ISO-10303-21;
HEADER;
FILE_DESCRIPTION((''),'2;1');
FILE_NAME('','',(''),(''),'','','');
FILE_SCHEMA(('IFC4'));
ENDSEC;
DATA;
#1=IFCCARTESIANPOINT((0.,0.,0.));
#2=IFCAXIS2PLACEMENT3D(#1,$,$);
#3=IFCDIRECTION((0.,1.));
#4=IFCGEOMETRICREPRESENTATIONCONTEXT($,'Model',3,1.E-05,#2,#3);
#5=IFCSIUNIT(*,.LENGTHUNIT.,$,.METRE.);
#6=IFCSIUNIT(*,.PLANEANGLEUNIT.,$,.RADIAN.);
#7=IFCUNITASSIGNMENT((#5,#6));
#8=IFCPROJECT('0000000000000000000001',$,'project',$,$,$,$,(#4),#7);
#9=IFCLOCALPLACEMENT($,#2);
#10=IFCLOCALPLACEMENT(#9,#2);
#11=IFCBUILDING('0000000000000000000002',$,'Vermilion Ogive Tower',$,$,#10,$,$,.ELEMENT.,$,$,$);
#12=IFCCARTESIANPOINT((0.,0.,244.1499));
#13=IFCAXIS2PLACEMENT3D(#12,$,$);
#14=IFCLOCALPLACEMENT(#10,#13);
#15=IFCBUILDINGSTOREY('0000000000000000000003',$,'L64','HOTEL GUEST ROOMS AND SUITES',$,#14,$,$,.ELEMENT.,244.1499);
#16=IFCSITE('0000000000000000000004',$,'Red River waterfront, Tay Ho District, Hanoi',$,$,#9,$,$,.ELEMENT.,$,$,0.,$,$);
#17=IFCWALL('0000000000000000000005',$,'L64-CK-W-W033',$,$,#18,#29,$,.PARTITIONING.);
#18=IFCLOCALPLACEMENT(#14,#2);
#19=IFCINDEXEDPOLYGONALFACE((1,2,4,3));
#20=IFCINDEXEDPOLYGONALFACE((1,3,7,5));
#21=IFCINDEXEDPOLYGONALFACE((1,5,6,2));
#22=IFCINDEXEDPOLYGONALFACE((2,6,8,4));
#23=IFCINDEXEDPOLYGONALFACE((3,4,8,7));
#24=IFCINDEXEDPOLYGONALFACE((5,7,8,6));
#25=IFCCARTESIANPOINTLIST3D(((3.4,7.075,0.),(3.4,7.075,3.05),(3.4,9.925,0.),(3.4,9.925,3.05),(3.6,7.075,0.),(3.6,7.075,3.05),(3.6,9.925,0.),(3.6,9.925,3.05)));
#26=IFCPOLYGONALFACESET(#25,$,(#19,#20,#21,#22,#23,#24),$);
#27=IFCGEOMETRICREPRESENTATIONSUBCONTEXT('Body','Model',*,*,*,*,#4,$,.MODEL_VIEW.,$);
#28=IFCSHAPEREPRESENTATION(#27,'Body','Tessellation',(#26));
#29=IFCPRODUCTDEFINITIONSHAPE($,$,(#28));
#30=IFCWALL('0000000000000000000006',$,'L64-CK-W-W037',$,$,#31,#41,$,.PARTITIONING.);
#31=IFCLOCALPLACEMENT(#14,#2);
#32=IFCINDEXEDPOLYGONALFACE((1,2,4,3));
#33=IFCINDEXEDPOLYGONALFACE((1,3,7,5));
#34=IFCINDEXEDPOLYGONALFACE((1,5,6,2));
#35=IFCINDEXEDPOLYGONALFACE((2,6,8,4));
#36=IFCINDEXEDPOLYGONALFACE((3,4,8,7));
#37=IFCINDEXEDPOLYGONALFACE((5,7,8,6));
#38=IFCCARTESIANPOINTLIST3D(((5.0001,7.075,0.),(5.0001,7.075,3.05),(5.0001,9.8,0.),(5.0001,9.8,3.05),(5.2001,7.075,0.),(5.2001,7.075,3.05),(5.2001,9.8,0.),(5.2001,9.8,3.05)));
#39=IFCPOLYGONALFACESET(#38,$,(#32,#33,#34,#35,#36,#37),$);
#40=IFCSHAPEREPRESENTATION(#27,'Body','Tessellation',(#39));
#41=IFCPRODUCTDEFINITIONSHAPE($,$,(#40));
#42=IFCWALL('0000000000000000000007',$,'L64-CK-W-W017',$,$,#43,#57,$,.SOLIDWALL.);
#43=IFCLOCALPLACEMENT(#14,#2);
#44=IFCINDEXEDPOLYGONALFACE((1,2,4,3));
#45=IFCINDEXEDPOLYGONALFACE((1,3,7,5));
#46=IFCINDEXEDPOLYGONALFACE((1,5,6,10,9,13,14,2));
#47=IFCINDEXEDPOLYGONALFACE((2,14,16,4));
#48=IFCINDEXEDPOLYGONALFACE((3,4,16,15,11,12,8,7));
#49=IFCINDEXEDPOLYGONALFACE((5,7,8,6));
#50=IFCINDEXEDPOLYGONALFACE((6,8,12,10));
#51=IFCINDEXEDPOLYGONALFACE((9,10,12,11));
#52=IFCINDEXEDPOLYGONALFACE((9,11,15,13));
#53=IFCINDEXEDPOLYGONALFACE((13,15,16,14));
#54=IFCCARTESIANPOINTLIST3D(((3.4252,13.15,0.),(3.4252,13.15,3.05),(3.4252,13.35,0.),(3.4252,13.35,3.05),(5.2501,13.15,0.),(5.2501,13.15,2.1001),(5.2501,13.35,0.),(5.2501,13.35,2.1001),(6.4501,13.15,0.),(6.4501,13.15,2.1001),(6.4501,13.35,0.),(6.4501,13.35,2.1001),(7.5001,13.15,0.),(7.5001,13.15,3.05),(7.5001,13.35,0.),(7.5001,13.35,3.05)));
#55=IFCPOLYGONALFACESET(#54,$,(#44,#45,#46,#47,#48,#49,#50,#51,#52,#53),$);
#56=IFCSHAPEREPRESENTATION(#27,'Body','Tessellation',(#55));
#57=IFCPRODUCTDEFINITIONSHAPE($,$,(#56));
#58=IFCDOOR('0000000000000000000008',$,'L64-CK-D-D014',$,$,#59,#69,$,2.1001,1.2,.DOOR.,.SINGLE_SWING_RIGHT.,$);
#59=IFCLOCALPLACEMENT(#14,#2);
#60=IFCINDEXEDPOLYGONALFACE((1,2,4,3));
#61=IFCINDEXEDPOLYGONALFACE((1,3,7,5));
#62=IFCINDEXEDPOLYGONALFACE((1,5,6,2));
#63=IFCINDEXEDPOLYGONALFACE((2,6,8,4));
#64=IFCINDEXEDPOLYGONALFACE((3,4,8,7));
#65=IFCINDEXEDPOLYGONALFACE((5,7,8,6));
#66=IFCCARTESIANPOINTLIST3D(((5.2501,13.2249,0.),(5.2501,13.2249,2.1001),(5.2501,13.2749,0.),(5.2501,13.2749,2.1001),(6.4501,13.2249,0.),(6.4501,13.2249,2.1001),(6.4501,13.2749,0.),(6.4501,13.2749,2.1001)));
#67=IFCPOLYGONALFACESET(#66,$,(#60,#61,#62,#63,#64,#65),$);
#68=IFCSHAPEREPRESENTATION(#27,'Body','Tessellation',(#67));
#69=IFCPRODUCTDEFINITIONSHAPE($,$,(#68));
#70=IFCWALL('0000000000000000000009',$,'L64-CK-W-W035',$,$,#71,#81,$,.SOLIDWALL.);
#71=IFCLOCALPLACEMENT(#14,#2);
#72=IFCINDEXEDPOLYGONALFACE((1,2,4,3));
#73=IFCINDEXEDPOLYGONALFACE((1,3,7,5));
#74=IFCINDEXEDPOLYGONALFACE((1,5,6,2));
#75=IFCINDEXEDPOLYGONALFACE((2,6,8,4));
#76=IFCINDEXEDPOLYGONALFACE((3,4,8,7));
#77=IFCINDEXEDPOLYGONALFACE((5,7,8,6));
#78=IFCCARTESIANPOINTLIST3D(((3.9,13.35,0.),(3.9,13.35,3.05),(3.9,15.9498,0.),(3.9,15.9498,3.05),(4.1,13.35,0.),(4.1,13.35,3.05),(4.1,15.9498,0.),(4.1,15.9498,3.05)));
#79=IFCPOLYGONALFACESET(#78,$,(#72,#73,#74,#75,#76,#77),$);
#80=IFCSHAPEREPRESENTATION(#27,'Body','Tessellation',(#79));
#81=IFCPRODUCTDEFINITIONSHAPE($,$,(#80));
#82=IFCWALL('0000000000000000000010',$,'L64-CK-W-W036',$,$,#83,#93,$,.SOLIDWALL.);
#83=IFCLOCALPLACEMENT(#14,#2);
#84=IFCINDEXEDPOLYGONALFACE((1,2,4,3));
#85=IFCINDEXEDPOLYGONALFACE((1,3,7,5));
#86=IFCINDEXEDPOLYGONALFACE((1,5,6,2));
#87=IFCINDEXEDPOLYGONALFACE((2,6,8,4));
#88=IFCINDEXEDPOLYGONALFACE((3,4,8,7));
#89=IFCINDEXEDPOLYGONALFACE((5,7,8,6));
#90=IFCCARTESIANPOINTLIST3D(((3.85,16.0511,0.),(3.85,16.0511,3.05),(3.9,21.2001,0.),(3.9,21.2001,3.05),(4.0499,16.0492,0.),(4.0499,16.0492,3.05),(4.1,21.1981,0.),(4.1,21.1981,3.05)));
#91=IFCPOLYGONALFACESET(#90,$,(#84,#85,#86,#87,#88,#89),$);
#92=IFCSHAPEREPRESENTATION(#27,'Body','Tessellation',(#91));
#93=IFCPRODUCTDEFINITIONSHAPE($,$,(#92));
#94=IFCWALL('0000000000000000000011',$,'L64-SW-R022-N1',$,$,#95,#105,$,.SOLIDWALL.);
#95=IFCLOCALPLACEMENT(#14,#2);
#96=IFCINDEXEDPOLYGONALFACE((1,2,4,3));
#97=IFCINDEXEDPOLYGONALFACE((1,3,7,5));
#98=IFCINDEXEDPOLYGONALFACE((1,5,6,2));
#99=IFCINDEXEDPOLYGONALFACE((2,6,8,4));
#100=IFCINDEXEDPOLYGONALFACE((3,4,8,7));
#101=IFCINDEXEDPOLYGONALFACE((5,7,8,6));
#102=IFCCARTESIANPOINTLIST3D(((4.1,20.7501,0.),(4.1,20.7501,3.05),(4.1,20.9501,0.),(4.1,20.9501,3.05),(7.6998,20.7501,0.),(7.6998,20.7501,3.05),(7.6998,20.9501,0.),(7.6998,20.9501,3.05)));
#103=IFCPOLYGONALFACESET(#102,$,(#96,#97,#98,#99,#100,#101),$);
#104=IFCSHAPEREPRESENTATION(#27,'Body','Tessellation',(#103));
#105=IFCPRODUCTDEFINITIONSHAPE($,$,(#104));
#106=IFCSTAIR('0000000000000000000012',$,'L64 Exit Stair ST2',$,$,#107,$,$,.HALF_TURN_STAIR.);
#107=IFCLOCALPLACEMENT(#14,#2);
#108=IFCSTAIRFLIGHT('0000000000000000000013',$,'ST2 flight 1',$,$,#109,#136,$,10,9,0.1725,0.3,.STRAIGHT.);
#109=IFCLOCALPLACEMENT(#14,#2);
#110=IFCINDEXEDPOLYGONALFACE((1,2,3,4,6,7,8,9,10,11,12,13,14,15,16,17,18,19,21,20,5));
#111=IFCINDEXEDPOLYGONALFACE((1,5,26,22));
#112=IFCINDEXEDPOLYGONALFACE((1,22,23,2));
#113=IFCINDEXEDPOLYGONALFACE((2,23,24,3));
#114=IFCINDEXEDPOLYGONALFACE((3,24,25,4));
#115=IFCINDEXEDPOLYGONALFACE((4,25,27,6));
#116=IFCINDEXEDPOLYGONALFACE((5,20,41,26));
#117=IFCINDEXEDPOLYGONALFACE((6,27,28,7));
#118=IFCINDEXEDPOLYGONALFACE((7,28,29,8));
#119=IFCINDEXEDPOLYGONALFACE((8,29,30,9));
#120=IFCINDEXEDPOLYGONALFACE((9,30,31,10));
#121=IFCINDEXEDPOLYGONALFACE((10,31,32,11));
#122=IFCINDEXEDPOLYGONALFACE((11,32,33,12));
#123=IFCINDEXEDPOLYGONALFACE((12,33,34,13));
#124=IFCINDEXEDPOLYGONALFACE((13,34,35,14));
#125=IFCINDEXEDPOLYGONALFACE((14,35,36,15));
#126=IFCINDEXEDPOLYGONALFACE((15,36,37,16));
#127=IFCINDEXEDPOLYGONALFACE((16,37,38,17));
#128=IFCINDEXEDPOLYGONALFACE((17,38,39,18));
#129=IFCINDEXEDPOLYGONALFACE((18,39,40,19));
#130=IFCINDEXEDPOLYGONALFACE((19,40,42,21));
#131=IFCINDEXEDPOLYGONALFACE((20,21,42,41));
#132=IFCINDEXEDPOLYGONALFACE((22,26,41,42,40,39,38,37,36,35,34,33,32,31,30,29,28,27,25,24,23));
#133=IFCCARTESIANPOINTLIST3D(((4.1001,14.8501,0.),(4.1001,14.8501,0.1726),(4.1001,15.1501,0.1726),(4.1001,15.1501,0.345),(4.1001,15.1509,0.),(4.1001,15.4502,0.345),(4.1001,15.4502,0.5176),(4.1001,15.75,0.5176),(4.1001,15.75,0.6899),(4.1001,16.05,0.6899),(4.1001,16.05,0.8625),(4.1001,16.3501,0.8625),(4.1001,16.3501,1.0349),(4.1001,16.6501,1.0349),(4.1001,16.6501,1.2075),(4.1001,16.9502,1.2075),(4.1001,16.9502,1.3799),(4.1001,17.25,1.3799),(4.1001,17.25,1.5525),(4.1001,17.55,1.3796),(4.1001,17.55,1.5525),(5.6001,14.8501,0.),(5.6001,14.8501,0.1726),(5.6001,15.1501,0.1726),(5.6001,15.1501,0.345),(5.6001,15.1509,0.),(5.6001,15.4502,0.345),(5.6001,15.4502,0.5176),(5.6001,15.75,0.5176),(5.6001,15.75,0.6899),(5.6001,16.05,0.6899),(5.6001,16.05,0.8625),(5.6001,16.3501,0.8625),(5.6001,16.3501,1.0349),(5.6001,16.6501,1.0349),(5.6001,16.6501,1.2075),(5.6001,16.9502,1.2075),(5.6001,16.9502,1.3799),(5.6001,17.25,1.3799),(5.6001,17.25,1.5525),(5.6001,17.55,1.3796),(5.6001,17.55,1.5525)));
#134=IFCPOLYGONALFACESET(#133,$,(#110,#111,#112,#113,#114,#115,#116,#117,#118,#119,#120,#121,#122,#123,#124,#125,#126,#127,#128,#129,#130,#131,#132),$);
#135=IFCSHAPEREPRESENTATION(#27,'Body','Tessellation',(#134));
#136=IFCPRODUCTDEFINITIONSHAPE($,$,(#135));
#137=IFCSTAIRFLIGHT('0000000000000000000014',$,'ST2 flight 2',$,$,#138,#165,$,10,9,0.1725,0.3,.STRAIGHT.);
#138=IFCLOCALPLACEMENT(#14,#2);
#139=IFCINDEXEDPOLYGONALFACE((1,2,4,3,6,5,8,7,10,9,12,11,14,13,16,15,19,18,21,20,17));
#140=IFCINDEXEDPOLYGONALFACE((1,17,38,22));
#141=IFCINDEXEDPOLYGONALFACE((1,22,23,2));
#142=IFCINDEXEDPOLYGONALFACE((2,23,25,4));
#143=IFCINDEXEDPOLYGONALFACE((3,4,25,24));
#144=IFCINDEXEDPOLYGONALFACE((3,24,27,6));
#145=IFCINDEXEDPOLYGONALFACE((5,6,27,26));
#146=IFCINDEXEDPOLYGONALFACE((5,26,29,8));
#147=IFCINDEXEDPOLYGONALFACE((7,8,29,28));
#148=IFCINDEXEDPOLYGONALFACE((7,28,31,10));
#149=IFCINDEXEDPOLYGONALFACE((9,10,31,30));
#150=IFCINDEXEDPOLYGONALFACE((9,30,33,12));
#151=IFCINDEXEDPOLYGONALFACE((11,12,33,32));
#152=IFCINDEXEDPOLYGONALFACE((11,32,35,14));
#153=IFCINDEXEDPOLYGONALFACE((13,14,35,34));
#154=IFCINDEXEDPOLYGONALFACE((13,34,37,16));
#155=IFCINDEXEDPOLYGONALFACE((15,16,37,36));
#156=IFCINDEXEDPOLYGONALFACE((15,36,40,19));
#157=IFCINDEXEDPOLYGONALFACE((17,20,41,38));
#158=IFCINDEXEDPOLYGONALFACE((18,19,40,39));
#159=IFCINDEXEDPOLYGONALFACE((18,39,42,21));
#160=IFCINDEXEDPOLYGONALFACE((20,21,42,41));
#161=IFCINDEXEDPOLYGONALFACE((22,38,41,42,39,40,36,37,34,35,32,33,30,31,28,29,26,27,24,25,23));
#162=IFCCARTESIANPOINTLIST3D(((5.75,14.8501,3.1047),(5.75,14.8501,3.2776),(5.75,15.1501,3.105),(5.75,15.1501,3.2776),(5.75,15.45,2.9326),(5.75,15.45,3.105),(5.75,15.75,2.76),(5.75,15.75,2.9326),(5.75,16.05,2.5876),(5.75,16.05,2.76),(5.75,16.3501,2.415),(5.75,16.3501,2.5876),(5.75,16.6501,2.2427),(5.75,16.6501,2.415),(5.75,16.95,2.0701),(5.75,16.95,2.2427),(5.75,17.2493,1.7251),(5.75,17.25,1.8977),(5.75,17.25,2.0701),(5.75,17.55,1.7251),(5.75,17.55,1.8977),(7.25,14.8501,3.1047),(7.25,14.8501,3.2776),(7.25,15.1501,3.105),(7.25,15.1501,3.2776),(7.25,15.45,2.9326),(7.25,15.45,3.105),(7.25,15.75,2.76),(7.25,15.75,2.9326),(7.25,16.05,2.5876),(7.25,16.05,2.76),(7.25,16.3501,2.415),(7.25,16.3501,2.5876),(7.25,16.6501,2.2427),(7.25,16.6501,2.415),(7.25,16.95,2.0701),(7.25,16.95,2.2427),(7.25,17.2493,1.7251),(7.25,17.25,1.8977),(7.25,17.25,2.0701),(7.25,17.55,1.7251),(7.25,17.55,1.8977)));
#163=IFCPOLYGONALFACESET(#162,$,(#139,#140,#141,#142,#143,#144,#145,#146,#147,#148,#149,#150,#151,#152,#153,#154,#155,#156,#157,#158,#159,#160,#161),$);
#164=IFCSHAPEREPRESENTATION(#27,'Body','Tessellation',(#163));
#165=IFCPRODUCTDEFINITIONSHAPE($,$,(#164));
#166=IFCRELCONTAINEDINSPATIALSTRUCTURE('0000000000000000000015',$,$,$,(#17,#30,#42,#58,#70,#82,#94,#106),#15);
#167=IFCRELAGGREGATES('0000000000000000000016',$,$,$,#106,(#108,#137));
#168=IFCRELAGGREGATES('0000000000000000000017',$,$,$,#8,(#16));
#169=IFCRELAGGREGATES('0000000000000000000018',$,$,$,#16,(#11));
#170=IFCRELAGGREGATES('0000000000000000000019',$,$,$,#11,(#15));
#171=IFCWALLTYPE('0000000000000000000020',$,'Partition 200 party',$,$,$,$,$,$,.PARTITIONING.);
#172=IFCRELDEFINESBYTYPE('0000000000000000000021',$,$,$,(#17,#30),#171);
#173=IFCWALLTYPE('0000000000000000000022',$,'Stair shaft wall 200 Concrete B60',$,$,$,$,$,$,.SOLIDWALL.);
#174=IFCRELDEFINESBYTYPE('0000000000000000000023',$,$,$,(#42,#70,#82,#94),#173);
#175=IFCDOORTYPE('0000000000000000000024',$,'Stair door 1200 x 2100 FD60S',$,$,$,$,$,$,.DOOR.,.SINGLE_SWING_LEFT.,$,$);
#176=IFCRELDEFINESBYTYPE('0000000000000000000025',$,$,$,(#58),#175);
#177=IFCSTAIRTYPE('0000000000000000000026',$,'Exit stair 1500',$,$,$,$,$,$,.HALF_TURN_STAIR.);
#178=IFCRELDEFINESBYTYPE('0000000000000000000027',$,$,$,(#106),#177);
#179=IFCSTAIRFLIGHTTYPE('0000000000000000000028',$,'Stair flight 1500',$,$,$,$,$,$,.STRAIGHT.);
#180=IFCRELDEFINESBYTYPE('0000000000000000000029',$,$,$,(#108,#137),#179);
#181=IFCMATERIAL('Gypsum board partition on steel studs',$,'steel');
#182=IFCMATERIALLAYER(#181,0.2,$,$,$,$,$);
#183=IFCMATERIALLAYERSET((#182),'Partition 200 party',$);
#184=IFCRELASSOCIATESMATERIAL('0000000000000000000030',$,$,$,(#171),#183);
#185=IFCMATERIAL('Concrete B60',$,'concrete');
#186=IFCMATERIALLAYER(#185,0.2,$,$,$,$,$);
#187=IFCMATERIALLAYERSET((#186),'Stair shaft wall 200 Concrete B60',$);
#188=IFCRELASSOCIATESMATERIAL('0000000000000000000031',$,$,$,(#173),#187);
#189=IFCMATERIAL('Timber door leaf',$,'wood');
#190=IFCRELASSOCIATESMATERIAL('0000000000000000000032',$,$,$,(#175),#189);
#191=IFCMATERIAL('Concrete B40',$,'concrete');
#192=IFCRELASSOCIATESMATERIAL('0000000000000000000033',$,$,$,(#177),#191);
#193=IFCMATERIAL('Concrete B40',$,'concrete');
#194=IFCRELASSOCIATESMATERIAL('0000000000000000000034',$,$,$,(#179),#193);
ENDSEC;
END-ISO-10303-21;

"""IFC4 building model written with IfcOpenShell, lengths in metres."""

from ifc_helpers import new_model, si_unit, direction, frame, frame_2d, origin, place, context, subcontext, project, spatial, polyline, rectangle, outline, extrude, material, layer, layer_set, type_object, element, fill, aggregate, save


model = new_model("IFC4")

# Units and contexts
model_context = context("Model", 3, precision=1e-05, world=origin(), true_north=direction((0.0, 1.0)))
body_context = subcontext(model_context, "Body", "Model", "MODEL_VIEW")
ifc_project = project(units=[si_unit("LENGTHUNIT", "METRE"), si_unit("PLANEANGLEUNIT", "RADIAN")], contexts=[model_context])

# Site, building, storey
site_placement = place(None, origin())
site = spatial("IfcSite", under=ifc_project, at=site_placement, Name="Red River waterfront, Tay Ho District, Hanoi", CompositionType="ELEMENT", RefElevation=0.0)
building_placement = place(site_placement, origin())
building = spatial("IfcBuilding", under=site, at=building_placement, Name="Vermilion Ogive Tower", CompositionType="ELEMENT")
storey_placement = place(building_placement, frame((0.0, 0.0, 244.1499)))
storey = spatial("IfcBuildingStorey", under=building, at=storey_placement, Name="L64", Description="HOTEL GUEST ROOMS AND SUITES", CompositionType="ELEMENT", Elevation=244.1499)

# Shared definitions
ifc_material_1 = material(Name="Gypsum board partition on steel studs", Category="steel")
ifc_layer_1 = layer(ifc_material_1, 0.2)
ifc_layer_set_1 = layer_set([ifc_layer_1], Name="Partition 200 party")
wall_type_1 = type_object("IfcWallType", Name="Partition 200 party", PredefinedType="PARTITIONING", material=ifc_layer_set_1)

# Walls
for number, where, z_axis, x_axis, name in (
    (1, (3.5, 7.075, 0.0), (0.0, 0.0, 1.0), (0.0, 1.0, 0.0), "L64-CK-W-W033"),
):
    element("IfcWall", number, at=place(storey_placement, frame(where, z_axis=z_axis, x_axis=x_axis)), inside=storey, type_object=wall_type_1, Name=name, PredefinedType="PARTITIONING", context=body_context, shape_type="SweptSolid", body=[
        extrude(rectangle(XDim=2.8501, YDim=0.2, at=frame_2d((1.425, 0.0))), origin(), (0.0, 0.0, 1.0), 3.05),
    ])
wall_1_placement = place(storey_placement, frame((5.1001, 7.075, 0.0), z_axis=(0.0, 0.0, 1.0), x_axis=(0.0, 1.0, 0.0)))
element("IfcWall", 2, at=wall_1_placement, inside=storey, type_object=wall_type_1, Name="L64-CK-W-W037", PredefinedType="PARTITIONING", context=body_context, shape_type="SweptSolid", body=[
    extrude(rectangle(XDim=2.7251, YDim=0.2, at=frame_2d((1.3625, 0.0))), origin(), (0.0, 0.0, 1.0), 3.05),
])

# Wall, opening, door
ifc_material_2 = material(Name="Concrete B60", Category="concrete")
ifc_layer_2 = layer(ifc_material_2, 0.2)
ifc_layer_set_2 = layer_set([ifc_layer_2], Name="Stair shaft wall 200 Concrete B60")
wall_type_2 = type_object("IfcWallType", Name="Stair shaft wall 200 Concrete B60", PredefinedType="SOLIDWALL", material=ifc_layer_set_2)
wall_2_placement = place(storey_placement, frame((3.425, 13.25, 0.0), z_axis=(0.0, 0.0, 1.0), x_axis=(1.0, 0.0, 0.0)))
wall_2 = element("IfcWall", 3, at=wall_2_placement, inside=storey, type_object=wall_type_2, Name="L64-CK-W-W017", PredefinedType="SOLIDWALL", context=body_context, shape_type="SweptSolid", body=[
    extrude(rectangle(XDim=4.075, YDim=0.2, at=frame_2d((2.0376, 0.0))), origin(), (0.0, 0.0, 1.0), 3.05),
])
opening_1_placement = place(wall_2_placement, frame((1.825, 0.0, 0.0)))
opening_1 = element("IfcOpeningElement", 4, at=opening_1_placement, cuts=wall_2, PredefinedType="OPENING", context=body_context, shape_type="SweptSolid", body=[
    extrude(rectangle(XDim=1.2, YDim=2.1001, at=frame_2d((0.6001, 1.05))), frame((0.0, 0.1099, 0.0), z_axis=(0.0, -1.0, 0.0), x_axis=(1.0, 0.0, 0.0)), (0.0, 0.0, 1.0), 0.22),
])
ifc_material_3 = material(Name="Timber door leaf", Category="wood")
door_type_1 = type_object("IfcDoorType", Name="Stair door 1200 x 2100 FD60S", OperationType="SINGLE_SWING_LEFT", PredefinedType="DOOR", material=ifc_material_3)
door_1_placement = place(opening_1_placement, origin())
door_1 = element("IfcDoor", 5, at=door_1_placement, inside=storey, type_object=door_type_1, Name="L64-CK-D-D014", OperationType="SINGLE_SWING_RIGHT", OverallHeight=2.1001, OverallWidth=1.2, PredefinedType="DOOR", context=body_context, shape_type="SweptSolid", body=[
    extrude(rectangle(XDim=1.2, YDim=2.1001, at=frame_2d((0.6001, 1.05))), frame((0.0, 0.0249, 0.0), z_axis=(0.0, -1.0, 0.0), x_axis=(1.0, 0.0, 0.0)), (0.0, 0.0, 1.0), 0.05),
])
fill(opening_1, door_1)

# Walls
wall_3_placement = place(storey_placement, frame((4.0, 13.3501, 0.0), z_axis=(0.0, 0.0, 1.0), x_axis=(0.0, 1.0, 0.0)))
element("IfcWall", 6, at=wall_3_placement, inside=storey, type_object=wall_type_2, Name="L64-CK-W-W035", PredefinedType="SOLIDWALL", context=body_context, shape_type="SweptSolid", body=[
    extrude(rectangle(XDim=2.5999, YDim=0.2, at=frame_2d((1.2998, 0.0))), origin(), (0.0, 0.0, 1.0), 3.05),
])
wall_4_placement = place(storey_placement, frame((3.95, 16.05, 0.0), z_axis=(0.0, 0.0, 1.0), x_axis=(0.00972, 0.999953, 0.0)))
element("IfcWall", 7, at=wall_4_placement, inside=storey, type_object=wall_type_2, Name="L64-CK-W-W036", PredefinedType="SOLIDWALL", context=body_context, shape_type="SweptSolid", body=[
    extrude(rectangle(XDim=5.1492, YDim=0.2, at=frame_2d((2.5747, 0.0))), origin(), (0.0, 0.0, 1.0), 3.05),
])
wall_5_placement = place(storey_placement, frame((4.1001, 20.8501, 0.0), z_axis=(0.0, 0.0, 1.0), x_axis=(1.0, 0.0, 0.0)))
element("IfcWall", 8, at=wall_5_placement, inside=storey, type_object=wall_type_2, Name="L64-SW-R022-N1", PredefinedType="SOLIDWALL", context=body_context, shape_type="SweptSolid", body=[
    extrude(rectangle(XDim=3.5999, YDim=0.2, at=frame_2d((1.7998, 0.0))), origin(), (0.0, 0.0, 1.0), 3.05),
])

# Stair, stair flights
ifc_material_4 = material(Name="Concrete B40", Category="concrete")
stair_type = type_object("IfcStairType", Name="Exit stair 1500", PredefinedType="HALF_TURN_STAIR", material=ifc_material_4)
stair_placement = place(storey_placement, origin())
stair = element("IfcStair", 9, at=stair_placement, inside=storey, type_object=stair_type, Name="L64 Exit Stair ST2", PredefinedType="HALF_TURN_STAIR")
ifc_material_5 = material(Name="Concrete B40", Category="concrete")
stair_flight_type = type_object("IfcStairFlightType", Name="Stair flight 1500", PredefinedType="STRAIGHT", material=ifc_material_5)
stair_flight_1_placement = place(storey_placement, frame((4.8501, 14.8501, 0.0), z_axis=(0.0, 0.0, 1.0), x_axis=(0.0, 1.0, 0.0)))
stair_flight_1 = element("IfcStairFlight", 10, at=stair_flight_1_placement, type_object=stair_flight_type, Name="ST2 flight 1", NumberOfRisers=10, NumberOfTreads=9, PredefinedType="STRAIGHT", RiserHeight=0.1725, TreadLength=0.3, context=body_context, shape_type="SweptSolid", body=[
    extrude(outline(polyline([(0.0, 0.0), (0.0, 0.1726), (0.3, 0.1726), (0.3, 0.345), (0.6001, 0.345), (0.6001, 0.5176), (0.8999, 0.5176), (0.8999, 0.6899), (1.2, 0.6899), (1.2, 0.8625), (1.5, 0.8625), (1.5, 1.0349), (1.8, 1.0349), (1.8, 1.2075), (2.1001, 1.2075), (2.1001, 1.3799), (2.3999, 1.3799), (2.3999, 1.5525), (2.7, 1.5525), (2.7, 1.7251), (2.7, 1.3796), (0.3008, 0.0), (0.0, 0.0)])), frame((0.0, 0.75, 0.0), z_axis=(0.0, -1.0, 0.0), x_axis=(1.0, 0.0, 0.0)), (0.0, 0.0, 1.0), 1.5),
])
stair_flight_2_placement = place(storey_placement, frame((6.5, 17.55, 1.7251), z_axis=(0.0, 0.0, 1.0), x_axis=(0.0, -1.0, 0.0)))
stair_flight_2 = element("IfcStairFlight", 11, at=stair_flight_2_placement, type_object=stair_flight_type, Name="ST2 flight 2", NumberOfRisers=10, NumberOfTreads=9, PredefinedType="STRAIGHT", RiserHeight=0.1725, TreadLength=0.3, context=body_context, shape_type="SweptSolid", body=[
    extrude(outline(polyline([(0.0, 0.0), (0.0, 0.1726), (0.3, 0.1726), (0.3, 0.345), (0.6001, 0.345), (0.6001, 0.5176), (0.8999, 0.5176), (0.8999, 0.6899), (1.2, 0.6899), (1.2, 0.8625), (1.5, 0.8625), (1.5, 1.0349), (1.8, 1.0349), (1.8, 1.2075), (2.1001, 1.2075), (2.1001, 1.3799), (2.3999, 1.3799), (2.3999, 1.5525), (2.7, 1.5525), (2.7, 1.7251), (2.7, 1.3796), (0.3008, 0.0), (0.0, 0.0)])), frame((0.0, 0.75, 0.0), z_axis=(0.0, -1.0, 0.0), x_axis=(1.0, 0.0, 0.0)), (0.0, 0.0, 1.0), 1.5),
])
aggregate(stair, [stair_flight_1, stair_flight_2])

save(model, "model.ifc")
